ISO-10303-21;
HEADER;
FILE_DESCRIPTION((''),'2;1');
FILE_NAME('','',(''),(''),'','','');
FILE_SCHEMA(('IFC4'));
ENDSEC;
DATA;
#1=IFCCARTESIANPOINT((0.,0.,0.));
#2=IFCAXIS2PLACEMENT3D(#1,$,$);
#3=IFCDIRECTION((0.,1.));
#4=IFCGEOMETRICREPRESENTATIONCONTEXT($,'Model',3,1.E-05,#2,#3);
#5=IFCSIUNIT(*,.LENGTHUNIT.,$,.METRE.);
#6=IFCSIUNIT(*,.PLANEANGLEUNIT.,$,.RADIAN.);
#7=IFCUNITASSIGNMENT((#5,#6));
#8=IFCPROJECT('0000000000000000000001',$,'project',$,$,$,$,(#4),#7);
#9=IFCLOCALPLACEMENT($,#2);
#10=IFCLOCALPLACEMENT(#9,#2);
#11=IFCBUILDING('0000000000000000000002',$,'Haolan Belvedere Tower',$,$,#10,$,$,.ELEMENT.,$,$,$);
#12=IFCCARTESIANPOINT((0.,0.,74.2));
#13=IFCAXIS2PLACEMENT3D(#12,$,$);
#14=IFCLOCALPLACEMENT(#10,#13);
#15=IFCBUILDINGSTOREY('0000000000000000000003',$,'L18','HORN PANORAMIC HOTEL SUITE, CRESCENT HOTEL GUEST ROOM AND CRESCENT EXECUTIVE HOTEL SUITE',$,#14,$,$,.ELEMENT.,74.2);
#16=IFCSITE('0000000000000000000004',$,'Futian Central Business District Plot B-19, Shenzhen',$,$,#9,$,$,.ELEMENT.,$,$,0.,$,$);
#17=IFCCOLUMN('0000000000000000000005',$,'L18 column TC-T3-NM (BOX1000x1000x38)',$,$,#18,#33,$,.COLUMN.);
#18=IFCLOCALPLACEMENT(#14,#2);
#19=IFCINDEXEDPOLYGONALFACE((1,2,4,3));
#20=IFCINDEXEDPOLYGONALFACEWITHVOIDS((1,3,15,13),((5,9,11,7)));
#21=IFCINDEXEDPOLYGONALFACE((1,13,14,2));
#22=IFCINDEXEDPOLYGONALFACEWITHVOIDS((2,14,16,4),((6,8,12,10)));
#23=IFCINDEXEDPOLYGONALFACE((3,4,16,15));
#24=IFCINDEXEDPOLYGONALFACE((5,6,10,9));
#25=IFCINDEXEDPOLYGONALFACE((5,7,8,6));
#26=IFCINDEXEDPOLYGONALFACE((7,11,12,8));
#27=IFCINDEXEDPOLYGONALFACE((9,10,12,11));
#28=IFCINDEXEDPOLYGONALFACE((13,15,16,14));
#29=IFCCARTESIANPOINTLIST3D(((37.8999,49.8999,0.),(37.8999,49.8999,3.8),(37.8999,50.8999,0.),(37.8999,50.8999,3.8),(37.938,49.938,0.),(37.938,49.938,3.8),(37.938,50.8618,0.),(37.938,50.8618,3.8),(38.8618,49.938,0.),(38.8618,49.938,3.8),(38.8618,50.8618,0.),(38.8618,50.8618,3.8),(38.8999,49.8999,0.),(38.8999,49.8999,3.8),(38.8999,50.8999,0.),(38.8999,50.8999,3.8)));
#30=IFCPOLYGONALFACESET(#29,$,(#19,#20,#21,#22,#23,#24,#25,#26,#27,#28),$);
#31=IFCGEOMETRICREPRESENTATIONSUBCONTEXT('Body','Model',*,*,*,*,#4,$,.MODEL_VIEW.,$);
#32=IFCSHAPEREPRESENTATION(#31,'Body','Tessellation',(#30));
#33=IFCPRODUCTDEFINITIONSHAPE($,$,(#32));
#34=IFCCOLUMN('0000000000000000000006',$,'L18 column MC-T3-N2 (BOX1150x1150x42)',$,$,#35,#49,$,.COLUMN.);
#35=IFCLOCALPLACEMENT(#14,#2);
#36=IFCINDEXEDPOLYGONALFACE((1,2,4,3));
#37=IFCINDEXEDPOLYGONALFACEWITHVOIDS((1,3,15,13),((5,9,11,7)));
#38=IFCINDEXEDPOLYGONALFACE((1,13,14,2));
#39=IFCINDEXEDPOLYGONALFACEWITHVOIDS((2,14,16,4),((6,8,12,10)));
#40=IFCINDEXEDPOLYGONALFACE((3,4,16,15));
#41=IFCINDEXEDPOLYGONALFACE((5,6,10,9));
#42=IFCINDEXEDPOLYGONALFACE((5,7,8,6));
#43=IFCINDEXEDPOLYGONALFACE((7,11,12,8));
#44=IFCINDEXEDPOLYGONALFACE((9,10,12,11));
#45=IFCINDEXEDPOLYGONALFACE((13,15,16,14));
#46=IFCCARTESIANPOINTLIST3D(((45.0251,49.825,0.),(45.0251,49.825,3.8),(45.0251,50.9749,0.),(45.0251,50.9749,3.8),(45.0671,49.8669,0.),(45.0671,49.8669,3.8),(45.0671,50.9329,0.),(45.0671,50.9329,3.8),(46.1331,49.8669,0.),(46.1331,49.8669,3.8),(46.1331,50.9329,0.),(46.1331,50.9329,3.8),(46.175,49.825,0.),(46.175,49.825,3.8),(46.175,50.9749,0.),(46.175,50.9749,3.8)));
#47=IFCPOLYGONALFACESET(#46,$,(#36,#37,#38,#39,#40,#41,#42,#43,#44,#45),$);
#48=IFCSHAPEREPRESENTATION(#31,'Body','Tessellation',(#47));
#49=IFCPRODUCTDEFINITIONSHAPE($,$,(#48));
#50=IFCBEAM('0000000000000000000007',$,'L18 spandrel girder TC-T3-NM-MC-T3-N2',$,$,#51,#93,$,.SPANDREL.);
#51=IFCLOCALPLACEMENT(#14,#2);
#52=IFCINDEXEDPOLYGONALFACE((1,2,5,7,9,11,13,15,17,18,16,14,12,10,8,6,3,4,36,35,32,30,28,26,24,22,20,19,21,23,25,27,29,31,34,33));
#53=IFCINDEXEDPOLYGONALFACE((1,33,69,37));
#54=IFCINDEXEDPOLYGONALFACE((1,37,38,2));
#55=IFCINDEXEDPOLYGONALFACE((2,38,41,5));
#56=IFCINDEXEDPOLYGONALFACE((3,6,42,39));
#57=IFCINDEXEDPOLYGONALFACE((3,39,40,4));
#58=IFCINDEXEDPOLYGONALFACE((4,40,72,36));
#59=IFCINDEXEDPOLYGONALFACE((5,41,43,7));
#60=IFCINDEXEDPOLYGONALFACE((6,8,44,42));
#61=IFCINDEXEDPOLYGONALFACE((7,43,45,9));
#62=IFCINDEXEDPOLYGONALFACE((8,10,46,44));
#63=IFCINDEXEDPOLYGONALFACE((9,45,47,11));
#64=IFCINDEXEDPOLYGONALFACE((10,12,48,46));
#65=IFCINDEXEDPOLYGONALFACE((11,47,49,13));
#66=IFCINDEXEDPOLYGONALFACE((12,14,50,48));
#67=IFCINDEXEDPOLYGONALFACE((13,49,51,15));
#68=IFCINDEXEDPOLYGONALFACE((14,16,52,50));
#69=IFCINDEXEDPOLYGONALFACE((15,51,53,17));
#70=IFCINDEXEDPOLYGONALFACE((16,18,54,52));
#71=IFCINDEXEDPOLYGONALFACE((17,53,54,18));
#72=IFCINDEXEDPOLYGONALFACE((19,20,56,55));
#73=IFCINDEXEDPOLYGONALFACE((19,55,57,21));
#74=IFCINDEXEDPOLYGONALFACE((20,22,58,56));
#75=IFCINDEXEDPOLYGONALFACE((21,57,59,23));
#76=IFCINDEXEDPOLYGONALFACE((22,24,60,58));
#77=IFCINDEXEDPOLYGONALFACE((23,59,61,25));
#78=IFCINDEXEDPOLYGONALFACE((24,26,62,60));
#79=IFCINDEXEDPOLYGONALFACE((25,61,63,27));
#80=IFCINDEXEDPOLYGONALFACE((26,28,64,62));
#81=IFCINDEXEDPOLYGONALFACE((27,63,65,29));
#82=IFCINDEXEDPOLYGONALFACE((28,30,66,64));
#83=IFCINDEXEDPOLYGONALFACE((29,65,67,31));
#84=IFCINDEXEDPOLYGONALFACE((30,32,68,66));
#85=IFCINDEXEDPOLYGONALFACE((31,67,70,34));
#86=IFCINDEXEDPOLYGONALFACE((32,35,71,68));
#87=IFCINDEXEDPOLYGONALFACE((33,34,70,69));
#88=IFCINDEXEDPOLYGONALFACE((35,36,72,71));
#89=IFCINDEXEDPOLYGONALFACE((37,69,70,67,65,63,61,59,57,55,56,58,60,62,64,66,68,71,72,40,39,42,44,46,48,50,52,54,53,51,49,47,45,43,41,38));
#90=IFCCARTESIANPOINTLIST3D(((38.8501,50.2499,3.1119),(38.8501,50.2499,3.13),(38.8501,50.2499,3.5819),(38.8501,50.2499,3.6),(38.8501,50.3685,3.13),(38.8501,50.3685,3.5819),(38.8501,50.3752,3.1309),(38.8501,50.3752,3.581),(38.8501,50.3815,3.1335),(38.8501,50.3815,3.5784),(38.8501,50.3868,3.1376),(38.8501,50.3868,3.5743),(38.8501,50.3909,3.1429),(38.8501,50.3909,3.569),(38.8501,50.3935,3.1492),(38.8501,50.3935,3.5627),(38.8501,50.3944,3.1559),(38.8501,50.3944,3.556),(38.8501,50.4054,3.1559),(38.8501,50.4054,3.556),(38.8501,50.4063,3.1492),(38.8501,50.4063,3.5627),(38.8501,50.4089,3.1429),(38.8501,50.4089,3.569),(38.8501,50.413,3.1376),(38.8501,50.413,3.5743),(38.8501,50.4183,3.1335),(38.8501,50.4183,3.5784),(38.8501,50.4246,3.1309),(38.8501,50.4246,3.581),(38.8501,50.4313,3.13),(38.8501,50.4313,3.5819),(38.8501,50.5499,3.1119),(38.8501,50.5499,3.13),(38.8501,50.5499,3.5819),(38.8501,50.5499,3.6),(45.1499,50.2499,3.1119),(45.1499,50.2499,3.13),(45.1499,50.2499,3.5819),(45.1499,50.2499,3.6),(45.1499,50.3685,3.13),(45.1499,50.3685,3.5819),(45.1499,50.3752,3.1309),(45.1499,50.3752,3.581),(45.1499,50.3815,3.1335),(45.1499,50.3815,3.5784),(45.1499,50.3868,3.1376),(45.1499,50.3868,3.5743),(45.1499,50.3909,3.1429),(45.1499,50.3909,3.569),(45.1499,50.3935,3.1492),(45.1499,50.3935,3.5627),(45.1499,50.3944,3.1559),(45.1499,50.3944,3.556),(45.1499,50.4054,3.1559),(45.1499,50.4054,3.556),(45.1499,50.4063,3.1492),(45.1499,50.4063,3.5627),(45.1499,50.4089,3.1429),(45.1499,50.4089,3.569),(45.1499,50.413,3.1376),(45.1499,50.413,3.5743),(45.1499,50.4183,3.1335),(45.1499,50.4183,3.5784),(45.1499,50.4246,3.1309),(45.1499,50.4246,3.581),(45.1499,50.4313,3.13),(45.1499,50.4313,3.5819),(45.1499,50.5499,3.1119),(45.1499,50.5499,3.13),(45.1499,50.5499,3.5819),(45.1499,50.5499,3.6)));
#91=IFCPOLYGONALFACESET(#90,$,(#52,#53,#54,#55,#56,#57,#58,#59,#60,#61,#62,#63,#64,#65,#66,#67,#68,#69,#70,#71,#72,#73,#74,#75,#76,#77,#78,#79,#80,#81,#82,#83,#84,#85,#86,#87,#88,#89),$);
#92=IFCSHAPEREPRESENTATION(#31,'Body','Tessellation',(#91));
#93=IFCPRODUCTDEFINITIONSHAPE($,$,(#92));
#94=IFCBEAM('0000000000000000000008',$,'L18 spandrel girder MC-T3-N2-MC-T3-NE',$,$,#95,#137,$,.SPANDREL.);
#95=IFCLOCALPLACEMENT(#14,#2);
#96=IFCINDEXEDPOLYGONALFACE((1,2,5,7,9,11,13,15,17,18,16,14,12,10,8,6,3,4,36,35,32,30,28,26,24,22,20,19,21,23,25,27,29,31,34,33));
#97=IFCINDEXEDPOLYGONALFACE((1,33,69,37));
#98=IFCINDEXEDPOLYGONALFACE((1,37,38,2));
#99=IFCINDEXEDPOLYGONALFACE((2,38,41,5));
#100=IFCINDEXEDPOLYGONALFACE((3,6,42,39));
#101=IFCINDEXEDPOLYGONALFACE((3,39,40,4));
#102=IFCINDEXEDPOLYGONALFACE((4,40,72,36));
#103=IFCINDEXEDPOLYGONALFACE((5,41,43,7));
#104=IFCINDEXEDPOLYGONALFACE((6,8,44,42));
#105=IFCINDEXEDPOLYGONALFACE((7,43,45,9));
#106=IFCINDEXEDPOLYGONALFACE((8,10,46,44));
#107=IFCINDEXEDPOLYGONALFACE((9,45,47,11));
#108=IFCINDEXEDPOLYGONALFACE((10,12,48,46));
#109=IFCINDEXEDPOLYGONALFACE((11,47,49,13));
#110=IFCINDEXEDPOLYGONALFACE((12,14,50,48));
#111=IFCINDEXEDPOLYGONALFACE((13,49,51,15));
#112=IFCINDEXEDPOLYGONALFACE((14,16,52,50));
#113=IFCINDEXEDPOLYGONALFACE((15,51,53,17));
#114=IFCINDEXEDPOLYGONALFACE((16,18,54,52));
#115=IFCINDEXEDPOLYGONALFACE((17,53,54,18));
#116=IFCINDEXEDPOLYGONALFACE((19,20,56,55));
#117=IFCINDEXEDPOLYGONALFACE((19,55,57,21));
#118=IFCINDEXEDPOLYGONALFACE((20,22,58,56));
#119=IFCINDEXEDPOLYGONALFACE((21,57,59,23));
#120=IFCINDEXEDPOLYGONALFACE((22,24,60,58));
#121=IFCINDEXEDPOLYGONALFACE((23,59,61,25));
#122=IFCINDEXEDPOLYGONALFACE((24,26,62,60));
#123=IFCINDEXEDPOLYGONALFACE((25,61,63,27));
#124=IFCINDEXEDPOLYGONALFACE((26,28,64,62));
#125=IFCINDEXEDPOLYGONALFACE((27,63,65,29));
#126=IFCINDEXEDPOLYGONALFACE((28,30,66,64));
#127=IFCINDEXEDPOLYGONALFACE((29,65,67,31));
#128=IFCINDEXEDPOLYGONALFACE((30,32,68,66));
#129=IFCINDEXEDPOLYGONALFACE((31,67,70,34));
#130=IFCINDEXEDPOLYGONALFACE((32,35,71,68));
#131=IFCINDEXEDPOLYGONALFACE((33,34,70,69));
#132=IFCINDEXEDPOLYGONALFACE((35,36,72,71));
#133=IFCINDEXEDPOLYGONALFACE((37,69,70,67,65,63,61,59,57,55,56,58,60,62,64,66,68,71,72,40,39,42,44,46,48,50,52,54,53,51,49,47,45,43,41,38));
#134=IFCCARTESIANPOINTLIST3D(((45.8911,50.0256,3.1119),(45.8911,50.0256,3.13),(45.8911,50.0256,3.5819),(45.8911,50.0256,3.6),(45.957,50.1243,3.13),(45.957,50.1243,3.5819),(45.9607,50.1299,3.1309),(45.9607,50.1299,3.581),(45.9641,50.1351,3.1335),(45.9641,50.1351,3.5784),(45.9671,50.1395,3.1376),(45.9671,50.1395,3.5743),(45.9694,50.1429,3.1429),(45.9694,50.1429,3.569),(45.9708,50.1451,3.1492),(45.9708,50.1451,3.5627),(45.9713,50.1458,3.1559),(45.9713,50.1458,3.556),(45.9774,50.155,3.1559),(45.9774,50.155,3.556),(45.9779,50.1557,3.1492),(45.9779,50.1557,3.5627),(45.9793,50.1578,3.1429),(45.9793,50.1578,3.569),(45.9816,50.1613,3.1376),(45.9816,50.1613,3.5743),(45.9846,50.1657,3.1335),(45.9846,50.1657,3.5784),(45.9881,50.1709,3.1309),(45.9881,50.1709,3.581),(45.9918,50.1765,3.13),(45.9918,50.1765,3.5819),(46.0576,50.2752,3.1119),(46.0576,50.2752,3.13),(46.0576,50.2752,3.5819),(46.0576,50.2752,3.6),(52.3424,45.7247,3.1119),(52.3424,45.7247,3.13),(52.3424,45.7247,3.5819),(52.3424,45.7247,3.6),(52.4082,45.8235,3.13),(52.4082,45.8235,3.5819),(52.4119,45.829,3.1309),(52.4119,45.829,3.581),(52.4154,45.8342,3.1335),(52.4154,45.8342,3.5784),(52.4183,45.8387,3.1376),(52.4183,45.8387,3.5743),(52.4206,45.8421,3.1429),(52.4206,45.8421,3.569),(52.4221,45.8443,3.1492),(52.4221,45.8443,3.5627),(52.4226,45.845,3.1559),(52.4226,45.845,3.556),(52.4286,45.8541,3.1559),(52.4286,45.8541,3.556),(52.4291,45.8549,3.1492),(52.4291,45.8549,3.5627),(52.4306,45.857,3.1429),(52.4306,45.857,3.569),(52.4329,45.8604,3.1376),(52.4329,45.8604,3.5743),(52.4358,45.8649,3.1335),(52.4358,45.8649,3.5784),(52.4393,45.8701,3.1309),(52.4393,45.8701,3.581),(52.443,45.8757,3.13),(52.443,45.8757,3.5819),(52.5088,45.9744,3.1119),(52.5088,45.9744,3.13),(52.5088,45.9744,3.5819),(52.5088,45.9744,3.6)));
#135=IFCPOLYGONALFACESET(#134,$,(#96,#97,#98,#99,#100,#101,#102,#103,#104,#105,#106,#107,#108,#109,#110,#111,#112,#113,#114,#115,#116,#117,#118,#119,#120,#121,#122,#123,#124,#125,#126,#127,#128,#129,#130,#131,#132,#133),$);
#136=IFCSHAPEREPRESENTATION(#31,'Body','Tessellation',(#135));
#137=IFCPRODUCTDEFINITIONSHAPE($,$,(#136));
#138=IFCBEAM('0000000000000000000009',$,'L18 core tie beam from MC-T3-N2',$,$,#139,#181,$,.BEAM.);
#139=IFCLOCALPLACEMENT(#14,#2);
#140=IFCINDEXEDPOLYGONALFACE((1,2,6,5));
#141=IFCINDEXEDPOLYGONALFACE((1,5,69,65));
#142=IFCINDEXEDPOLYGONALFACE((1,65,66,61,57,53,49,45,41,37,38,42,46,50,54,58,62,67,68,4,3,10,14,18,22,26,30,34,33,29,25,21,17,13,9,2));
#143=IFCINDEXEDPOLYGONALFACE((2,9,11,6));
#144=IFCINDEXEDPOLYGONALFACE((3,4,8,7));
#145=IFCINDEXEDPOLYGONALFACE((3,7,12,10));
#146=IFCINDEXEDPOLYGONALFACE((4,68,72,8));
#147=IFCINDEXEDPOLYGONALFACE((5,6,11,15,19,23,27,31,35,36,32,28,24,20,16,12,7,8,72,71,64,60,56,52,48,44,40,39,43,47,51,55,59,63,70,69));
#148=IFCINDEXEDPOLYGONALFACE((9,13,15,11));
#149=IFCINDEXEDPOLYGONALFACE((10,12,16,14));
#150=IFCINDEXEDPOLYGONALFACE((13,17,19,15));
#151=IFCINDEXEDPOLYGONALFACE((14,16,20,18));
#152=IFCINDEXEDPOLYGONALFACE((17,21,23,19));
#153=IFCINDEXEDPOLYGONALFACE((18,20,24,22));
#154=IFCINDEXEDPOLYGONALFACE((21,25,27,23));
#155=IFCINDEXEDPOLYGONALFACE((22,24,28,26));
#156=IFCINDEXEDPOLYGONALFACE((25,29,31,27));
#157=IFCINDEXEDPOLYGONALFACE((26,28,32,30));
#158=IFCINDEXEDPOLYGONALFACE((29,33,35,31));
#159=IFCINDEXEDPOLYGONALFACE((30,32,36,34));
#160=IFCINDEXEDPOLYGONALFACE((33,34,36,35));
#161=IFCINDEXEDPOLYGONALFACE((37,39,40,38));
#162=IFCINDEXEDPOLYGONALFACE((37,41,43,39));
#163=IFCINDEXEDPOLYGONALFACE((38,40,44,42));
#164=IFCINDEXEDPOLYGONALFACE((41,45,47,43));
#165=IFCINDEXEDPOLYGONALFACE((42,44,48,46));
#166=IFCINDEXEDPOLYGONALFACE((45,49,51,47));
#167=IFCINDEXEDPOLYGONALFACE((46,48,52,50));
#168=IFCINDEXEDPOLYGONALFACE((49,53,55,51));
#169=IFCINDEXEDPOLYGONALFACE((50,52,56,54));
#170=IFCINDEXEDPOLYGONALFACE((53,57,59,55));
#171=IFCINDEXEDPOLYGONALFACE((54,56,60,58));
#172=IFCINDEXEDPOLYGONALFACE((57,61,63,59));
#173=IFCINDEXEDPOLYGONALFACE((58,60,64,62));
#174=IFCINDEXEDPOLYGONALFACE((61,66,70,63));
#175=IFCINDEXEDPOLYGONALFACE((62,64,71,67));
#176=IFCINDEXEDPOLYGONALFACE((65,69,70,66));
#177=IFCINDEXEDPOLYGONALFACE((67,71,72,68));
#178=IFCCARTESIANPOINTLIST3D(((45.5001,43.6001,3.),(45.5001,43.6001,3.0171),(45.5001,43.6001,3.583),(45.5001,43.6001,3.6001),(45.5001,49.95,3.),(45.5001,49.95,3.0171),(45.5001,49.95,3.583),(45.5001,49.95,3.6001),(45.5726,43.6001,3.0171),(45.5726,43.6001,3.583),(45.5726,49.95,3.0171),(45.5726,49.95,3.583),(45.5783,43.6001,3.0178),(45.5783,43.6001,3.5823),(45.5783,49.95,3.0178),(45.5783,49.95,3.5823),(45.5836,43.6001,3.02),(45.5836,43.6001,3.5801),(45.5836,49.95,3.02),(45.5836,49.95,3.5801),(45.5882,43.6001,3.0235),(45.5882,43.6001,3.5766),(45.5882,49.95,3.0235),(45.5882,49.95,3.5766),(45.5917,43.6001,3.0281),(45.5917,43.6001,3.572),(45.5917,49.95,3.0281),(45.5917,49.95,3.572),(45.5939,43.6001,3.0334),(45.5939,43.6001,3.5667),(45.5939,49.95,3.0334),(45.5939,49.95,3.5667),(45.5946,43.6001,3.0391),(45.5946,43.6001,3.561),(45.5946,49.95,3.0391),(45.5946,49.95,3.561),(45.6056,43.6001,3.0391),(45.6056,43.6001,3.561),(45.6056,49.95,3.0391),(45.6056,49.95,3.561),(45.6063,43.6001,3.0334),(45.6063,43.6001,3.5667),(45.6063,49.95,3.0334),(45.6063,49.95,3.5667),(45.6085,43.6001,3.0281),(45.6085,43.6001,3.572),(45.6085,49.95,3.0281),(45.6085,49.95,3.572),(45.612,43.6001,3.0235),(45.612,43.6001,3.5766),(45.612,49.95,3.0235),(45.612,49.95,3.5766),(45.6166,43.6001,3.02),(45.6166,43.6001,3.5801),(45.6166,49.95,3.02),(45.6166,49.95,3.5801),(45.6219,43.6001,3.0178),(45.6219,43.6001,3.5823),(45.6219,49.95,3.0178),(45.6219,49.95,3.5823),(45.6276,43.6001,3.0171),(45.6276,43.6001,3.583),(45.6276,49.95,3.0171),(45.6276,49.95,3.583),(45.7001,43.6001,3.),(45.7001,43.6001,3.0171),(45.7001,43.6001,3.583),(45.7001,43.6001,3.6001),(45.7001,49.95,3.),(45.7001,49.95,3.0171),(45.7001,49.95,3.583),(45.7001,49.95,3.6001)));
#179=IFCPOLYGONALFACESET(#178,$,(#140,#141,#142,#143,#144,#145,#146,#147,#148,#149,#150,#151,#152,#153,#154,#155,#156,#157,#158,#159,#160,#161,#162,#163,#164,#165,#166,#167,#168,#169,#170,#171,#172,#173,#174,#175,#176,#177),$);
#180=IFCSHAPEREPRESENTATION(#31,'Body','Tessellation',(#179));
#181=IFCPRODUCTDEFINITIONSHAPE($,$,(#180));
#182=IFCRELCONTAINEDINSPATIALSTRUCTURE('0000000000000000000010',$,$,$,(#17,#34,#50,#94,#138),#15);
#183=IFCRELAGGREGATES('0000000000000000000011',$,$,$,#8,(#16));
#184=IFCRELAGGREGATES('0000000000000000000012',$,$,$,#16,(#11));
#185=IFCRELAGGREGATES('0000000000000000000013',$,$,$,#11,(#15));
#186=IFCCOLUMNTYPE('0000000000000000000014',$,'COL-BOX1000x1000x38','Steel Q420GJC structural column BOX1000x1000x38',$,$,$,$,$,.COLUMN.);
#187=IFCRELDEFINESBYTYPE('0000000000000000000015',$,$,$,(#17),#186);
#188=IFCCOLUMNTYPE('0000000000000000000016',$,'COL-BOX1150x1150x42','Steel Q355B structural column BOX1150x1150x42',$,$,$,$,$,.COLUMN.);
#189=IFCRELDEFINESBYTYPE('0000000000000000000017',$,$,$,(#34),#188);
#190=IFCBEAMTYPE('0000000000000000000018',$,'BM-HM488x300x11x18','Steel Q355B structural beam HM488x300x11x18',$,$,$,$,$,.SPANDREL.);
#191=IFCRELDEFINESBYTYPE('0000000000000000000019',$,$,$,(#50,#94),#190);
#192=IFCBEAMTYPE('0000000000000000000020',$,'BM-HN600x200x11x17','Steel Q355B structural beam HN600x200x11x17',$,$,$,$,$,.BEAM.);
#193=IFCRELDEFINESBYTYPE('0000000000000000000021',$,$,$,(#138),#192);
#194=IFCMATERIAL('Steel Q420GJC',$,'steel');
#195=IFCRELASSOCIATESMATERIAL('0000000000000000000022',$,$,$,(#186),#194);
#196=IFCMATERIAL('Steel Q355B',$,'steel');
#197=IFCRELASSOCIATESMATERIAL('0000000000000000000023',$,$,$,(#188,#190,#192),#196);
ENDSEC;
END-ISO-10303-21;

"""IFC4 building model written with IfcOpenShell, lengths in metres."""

from ifc_helpers import new_model, si_unit, direction, frame, origin, origin_2d, place, context, subcontext, project, spatial, hollow_rectangle, i_section, extrude, material, material_profile, profile_set, type_object, element, save


model = new_model("IFC4")

# Units and contexts
model_context = context("Model", 3, precision=1e-05, world=origin(), true_north=direction((0.0, 1.0)))
body_context = subcontext(model_context, "Body", "Model", "MODEL_VIEW")
ifc_project = project(units=[si_unit("LENGTHUNIT", "METRE"), si_unit("PLANEANGLEUNIT", "RADIAN")], contexts=[model_context])

# Site, building, storey
site_placement = place(None, origin())
site = spatial("IfcSite", under=ifc_project, at=site_placement, Name="Futian Central Business District Plot B-19, Shenzhen", CompositionType="ELEMENT", RefElevation=0.0)
building_placement = place(site_placement, origin())
building = spatial("IfcBuilding", under=site, at=building_placement, Name="Haolan Belvedere Tower", CompositionType="ELEMENT")
storey_placement = place(building_placement, frame((0.0, 0.0, 74.2)))
storey = spatial("IfcBuildingStorey", under=building, at=storey_placement, Name="L18", Description="HORN PANORAMIC HOTEL SUITE, CRESCENT HOTEL GUEST ROOM AND CRESCENT EXECUTIVE HOTEL SUITE", CompositionType="ELEMENT", Elevation=74.2)

# Columns
ifc_material_1 = material(Name="Steel Q420GJC", Category="steel")
ifc_material_profile_1 = material_profile(ifc_material_1, hollow_rectangle(XDim=1.0, YDim=1.0, WallThickness=0.0381, at=origin_2d()), Name="Steel Q420GJC")
ifc_profile_set_1 = profile_set([ifc_material_profile_1], Name="Steel Q420GJC")
column_type_1 = type_object("IfcColumnType", Name="COL-BOX1000x1000x38", Description="Steel Q420GJC structural column BOX1000x1000x38", PredefinedType="COLUMN", material=ifc_profile_set_1)
column_1_placement = place(storey_placement, frame((38.3999, 50.3999, 0.0), z_axis=(0.0, 0.0, 1.0), x_axis=(1.0, 0.0, 0.0)))
element("IfcColumn", 1, at=column_1_placement, inside=storey, type_object=column_type_1, Name="L18 column TC-T3-NM (BOX1000x1000x38)", PredefinedType="COLUMN", context=body_context, shape_type="SweptSolid", body=[
    extrude(hollow_rectangle(XDim=1.0, YDim=1.0, WallThickness=0.0381, at=origin_2d()), origin(), (0.0, 0.0, 1.0), 3.8),
])
ifc_material_2 = material(Name="Steel Q355B", Category="steel")
ifc_material_profile_2 = material_profile(ifc_material_2, hollow_rectangle(XDim=1.1499, YDim=1.1499, WallThickness=0.042, at=origin_2d()), Name="Steel Q355B")
ifc_profile_set_2 = profile_set([ifc_material_profile_2], Name="Steel Q355B")
column_type_2 = type_object("IfcColumnType", Name="COL-BOX1150x1150x42", Description="Steel Q355B structural column BOX1150x1150x42", PredefinedType="COLUMN", material=ifc_profile_set_2)
column_2_placement = place(storey_placement, frame((45.6001, 50.3999, 0.0), z_axis=(0.0, 0.0, 1.0), x_axis=(1.0, 0.0, 0.0)))
element("IfcColumn", 2, at=column_2_placement, inside=storey, type_object=column_type_2, Name="L18 column MC-T3-N2 (BOX1150x1150x42)", PredefinedType="COLUMN", context=body_context, shape_type="SweptSolid", body=[
    extrude(hollow_rectangle(XDim=1.1499, YDim=1.1499, WallThickness=0.042, at=origin_2d()), origin(), (0.0, 0.0, 1.0), 3.8),
])

# Beams
ifc_material_profile_3 = material_profile(ifc_material_2, i_section(OverallWidth=0.3, OverallDepth=0.488, WebThickness=0.011, FlangeThickness=0.0181, FilletRadius=0.0259, at=origin_2d()), Name="Steel Q355B")
ifc_profile_set_3 = profile_set([ifc_material_profile_3], Name="Steel Q355B")
beam_type_1 = type_object("IfcBeamType", Name="BM-HM488x300x11x18", Description="Steel Q355B structural beam HM488x300x11x18", PredefinedType="SPANDREL", material=ifc_profile_set_3)
beam_1_placement = place(storey_placement, frame((38.8501, 50.3999, 3.356), z_axis=(1.0, 0.0, 0.0), x_axis=(0.0, 1.0, 0.0)))
element("IfcBeam", 3, at=beam_1_placement, inside=storey, type_object=beam_type_1, Name="L18 spandrel girder TC-T3-NM-MC-T3-N2", PredefinedType="SPANDREL", context=body_context, shape_type="SweptSolid", body=[
    extrude(i_section(OverallWidth=0.3, OverallDepth=0.488, WebThickness=0.011, FlangeThickness=0.0181, FilletRadius=0.0259, at=origin_2d()), origin(), (0.0, 0.0, 1.0), 6.2998),
])
beam_2_placement = place(storey_placement, frame((45.9744, 50.1504, 3.356), z_axis=(0.83205, -0.5547, 0.0), x_axis=(0.5547, 0.83205, 0.0)))
element("IfcBeam", 4, at=beam_2_placement, inside=storey, type_object=beam_type_1, Name="L18 spandrel girder MC-T3-N2-MC-T3-NE", PredefinedType="SPANDREL", context=body_context, shape_type="SweptSolid", body=[
    extrude(i_section(OverallWidth=0.3, OverallDepth=0.488, WebThickness=0.011, FlangeThickness=0.0181, FilletRadius=0.0259, at=origin_2d()), origin(), (0.0, 0.0, 1.0), 7.7534),
])
ifc_material_profile_4 = material_profile(ifc_material_2, i_section(OverallWidth=0.2, OverallDepth=0.6001, WebThickness=0.011, FlangeThickness=0.0171, FilletRadius=0.022, at=origin_2d()), Name="Steel Q355B")
ifc_profile_set_4 = profile_set([ifc_material_profile_4], Name="Steel Q355B")
beam_type_2 = type_object("IfcBeamType", Name="BM-HN600x200x11x17", Description="Steel Q355B structural beam HN600x200x11x17", PredefinedType="BEAM", material=ifc_profile_set_4)
beam_3_placement = place(storey_placement, frame((45.6001, 49.95, 3.3), z_axis=(0.0, -1.0, 0.0), x_axis=(1.0, 0.0, 0.0)))
element("IfcBeam", 5, at=beam_3_placement, inside=storey, type_object=beam_type_2, Name="L18 core tie beam from MC-T3-N2", PredefinedType="BEAM", context=body_context, shape_type="SweptSolid", body=[
    extrude(i_section(OverallWidth=0.2, OverallDepth=0.6001, WebThickness=0.011, FlangeThickness=0.0171, FilletRadius=0.022, at=origin_2d()), origin(), (0.0, 0.0, 1.0), 6.3499),
])

save(model, "model.ifc")
